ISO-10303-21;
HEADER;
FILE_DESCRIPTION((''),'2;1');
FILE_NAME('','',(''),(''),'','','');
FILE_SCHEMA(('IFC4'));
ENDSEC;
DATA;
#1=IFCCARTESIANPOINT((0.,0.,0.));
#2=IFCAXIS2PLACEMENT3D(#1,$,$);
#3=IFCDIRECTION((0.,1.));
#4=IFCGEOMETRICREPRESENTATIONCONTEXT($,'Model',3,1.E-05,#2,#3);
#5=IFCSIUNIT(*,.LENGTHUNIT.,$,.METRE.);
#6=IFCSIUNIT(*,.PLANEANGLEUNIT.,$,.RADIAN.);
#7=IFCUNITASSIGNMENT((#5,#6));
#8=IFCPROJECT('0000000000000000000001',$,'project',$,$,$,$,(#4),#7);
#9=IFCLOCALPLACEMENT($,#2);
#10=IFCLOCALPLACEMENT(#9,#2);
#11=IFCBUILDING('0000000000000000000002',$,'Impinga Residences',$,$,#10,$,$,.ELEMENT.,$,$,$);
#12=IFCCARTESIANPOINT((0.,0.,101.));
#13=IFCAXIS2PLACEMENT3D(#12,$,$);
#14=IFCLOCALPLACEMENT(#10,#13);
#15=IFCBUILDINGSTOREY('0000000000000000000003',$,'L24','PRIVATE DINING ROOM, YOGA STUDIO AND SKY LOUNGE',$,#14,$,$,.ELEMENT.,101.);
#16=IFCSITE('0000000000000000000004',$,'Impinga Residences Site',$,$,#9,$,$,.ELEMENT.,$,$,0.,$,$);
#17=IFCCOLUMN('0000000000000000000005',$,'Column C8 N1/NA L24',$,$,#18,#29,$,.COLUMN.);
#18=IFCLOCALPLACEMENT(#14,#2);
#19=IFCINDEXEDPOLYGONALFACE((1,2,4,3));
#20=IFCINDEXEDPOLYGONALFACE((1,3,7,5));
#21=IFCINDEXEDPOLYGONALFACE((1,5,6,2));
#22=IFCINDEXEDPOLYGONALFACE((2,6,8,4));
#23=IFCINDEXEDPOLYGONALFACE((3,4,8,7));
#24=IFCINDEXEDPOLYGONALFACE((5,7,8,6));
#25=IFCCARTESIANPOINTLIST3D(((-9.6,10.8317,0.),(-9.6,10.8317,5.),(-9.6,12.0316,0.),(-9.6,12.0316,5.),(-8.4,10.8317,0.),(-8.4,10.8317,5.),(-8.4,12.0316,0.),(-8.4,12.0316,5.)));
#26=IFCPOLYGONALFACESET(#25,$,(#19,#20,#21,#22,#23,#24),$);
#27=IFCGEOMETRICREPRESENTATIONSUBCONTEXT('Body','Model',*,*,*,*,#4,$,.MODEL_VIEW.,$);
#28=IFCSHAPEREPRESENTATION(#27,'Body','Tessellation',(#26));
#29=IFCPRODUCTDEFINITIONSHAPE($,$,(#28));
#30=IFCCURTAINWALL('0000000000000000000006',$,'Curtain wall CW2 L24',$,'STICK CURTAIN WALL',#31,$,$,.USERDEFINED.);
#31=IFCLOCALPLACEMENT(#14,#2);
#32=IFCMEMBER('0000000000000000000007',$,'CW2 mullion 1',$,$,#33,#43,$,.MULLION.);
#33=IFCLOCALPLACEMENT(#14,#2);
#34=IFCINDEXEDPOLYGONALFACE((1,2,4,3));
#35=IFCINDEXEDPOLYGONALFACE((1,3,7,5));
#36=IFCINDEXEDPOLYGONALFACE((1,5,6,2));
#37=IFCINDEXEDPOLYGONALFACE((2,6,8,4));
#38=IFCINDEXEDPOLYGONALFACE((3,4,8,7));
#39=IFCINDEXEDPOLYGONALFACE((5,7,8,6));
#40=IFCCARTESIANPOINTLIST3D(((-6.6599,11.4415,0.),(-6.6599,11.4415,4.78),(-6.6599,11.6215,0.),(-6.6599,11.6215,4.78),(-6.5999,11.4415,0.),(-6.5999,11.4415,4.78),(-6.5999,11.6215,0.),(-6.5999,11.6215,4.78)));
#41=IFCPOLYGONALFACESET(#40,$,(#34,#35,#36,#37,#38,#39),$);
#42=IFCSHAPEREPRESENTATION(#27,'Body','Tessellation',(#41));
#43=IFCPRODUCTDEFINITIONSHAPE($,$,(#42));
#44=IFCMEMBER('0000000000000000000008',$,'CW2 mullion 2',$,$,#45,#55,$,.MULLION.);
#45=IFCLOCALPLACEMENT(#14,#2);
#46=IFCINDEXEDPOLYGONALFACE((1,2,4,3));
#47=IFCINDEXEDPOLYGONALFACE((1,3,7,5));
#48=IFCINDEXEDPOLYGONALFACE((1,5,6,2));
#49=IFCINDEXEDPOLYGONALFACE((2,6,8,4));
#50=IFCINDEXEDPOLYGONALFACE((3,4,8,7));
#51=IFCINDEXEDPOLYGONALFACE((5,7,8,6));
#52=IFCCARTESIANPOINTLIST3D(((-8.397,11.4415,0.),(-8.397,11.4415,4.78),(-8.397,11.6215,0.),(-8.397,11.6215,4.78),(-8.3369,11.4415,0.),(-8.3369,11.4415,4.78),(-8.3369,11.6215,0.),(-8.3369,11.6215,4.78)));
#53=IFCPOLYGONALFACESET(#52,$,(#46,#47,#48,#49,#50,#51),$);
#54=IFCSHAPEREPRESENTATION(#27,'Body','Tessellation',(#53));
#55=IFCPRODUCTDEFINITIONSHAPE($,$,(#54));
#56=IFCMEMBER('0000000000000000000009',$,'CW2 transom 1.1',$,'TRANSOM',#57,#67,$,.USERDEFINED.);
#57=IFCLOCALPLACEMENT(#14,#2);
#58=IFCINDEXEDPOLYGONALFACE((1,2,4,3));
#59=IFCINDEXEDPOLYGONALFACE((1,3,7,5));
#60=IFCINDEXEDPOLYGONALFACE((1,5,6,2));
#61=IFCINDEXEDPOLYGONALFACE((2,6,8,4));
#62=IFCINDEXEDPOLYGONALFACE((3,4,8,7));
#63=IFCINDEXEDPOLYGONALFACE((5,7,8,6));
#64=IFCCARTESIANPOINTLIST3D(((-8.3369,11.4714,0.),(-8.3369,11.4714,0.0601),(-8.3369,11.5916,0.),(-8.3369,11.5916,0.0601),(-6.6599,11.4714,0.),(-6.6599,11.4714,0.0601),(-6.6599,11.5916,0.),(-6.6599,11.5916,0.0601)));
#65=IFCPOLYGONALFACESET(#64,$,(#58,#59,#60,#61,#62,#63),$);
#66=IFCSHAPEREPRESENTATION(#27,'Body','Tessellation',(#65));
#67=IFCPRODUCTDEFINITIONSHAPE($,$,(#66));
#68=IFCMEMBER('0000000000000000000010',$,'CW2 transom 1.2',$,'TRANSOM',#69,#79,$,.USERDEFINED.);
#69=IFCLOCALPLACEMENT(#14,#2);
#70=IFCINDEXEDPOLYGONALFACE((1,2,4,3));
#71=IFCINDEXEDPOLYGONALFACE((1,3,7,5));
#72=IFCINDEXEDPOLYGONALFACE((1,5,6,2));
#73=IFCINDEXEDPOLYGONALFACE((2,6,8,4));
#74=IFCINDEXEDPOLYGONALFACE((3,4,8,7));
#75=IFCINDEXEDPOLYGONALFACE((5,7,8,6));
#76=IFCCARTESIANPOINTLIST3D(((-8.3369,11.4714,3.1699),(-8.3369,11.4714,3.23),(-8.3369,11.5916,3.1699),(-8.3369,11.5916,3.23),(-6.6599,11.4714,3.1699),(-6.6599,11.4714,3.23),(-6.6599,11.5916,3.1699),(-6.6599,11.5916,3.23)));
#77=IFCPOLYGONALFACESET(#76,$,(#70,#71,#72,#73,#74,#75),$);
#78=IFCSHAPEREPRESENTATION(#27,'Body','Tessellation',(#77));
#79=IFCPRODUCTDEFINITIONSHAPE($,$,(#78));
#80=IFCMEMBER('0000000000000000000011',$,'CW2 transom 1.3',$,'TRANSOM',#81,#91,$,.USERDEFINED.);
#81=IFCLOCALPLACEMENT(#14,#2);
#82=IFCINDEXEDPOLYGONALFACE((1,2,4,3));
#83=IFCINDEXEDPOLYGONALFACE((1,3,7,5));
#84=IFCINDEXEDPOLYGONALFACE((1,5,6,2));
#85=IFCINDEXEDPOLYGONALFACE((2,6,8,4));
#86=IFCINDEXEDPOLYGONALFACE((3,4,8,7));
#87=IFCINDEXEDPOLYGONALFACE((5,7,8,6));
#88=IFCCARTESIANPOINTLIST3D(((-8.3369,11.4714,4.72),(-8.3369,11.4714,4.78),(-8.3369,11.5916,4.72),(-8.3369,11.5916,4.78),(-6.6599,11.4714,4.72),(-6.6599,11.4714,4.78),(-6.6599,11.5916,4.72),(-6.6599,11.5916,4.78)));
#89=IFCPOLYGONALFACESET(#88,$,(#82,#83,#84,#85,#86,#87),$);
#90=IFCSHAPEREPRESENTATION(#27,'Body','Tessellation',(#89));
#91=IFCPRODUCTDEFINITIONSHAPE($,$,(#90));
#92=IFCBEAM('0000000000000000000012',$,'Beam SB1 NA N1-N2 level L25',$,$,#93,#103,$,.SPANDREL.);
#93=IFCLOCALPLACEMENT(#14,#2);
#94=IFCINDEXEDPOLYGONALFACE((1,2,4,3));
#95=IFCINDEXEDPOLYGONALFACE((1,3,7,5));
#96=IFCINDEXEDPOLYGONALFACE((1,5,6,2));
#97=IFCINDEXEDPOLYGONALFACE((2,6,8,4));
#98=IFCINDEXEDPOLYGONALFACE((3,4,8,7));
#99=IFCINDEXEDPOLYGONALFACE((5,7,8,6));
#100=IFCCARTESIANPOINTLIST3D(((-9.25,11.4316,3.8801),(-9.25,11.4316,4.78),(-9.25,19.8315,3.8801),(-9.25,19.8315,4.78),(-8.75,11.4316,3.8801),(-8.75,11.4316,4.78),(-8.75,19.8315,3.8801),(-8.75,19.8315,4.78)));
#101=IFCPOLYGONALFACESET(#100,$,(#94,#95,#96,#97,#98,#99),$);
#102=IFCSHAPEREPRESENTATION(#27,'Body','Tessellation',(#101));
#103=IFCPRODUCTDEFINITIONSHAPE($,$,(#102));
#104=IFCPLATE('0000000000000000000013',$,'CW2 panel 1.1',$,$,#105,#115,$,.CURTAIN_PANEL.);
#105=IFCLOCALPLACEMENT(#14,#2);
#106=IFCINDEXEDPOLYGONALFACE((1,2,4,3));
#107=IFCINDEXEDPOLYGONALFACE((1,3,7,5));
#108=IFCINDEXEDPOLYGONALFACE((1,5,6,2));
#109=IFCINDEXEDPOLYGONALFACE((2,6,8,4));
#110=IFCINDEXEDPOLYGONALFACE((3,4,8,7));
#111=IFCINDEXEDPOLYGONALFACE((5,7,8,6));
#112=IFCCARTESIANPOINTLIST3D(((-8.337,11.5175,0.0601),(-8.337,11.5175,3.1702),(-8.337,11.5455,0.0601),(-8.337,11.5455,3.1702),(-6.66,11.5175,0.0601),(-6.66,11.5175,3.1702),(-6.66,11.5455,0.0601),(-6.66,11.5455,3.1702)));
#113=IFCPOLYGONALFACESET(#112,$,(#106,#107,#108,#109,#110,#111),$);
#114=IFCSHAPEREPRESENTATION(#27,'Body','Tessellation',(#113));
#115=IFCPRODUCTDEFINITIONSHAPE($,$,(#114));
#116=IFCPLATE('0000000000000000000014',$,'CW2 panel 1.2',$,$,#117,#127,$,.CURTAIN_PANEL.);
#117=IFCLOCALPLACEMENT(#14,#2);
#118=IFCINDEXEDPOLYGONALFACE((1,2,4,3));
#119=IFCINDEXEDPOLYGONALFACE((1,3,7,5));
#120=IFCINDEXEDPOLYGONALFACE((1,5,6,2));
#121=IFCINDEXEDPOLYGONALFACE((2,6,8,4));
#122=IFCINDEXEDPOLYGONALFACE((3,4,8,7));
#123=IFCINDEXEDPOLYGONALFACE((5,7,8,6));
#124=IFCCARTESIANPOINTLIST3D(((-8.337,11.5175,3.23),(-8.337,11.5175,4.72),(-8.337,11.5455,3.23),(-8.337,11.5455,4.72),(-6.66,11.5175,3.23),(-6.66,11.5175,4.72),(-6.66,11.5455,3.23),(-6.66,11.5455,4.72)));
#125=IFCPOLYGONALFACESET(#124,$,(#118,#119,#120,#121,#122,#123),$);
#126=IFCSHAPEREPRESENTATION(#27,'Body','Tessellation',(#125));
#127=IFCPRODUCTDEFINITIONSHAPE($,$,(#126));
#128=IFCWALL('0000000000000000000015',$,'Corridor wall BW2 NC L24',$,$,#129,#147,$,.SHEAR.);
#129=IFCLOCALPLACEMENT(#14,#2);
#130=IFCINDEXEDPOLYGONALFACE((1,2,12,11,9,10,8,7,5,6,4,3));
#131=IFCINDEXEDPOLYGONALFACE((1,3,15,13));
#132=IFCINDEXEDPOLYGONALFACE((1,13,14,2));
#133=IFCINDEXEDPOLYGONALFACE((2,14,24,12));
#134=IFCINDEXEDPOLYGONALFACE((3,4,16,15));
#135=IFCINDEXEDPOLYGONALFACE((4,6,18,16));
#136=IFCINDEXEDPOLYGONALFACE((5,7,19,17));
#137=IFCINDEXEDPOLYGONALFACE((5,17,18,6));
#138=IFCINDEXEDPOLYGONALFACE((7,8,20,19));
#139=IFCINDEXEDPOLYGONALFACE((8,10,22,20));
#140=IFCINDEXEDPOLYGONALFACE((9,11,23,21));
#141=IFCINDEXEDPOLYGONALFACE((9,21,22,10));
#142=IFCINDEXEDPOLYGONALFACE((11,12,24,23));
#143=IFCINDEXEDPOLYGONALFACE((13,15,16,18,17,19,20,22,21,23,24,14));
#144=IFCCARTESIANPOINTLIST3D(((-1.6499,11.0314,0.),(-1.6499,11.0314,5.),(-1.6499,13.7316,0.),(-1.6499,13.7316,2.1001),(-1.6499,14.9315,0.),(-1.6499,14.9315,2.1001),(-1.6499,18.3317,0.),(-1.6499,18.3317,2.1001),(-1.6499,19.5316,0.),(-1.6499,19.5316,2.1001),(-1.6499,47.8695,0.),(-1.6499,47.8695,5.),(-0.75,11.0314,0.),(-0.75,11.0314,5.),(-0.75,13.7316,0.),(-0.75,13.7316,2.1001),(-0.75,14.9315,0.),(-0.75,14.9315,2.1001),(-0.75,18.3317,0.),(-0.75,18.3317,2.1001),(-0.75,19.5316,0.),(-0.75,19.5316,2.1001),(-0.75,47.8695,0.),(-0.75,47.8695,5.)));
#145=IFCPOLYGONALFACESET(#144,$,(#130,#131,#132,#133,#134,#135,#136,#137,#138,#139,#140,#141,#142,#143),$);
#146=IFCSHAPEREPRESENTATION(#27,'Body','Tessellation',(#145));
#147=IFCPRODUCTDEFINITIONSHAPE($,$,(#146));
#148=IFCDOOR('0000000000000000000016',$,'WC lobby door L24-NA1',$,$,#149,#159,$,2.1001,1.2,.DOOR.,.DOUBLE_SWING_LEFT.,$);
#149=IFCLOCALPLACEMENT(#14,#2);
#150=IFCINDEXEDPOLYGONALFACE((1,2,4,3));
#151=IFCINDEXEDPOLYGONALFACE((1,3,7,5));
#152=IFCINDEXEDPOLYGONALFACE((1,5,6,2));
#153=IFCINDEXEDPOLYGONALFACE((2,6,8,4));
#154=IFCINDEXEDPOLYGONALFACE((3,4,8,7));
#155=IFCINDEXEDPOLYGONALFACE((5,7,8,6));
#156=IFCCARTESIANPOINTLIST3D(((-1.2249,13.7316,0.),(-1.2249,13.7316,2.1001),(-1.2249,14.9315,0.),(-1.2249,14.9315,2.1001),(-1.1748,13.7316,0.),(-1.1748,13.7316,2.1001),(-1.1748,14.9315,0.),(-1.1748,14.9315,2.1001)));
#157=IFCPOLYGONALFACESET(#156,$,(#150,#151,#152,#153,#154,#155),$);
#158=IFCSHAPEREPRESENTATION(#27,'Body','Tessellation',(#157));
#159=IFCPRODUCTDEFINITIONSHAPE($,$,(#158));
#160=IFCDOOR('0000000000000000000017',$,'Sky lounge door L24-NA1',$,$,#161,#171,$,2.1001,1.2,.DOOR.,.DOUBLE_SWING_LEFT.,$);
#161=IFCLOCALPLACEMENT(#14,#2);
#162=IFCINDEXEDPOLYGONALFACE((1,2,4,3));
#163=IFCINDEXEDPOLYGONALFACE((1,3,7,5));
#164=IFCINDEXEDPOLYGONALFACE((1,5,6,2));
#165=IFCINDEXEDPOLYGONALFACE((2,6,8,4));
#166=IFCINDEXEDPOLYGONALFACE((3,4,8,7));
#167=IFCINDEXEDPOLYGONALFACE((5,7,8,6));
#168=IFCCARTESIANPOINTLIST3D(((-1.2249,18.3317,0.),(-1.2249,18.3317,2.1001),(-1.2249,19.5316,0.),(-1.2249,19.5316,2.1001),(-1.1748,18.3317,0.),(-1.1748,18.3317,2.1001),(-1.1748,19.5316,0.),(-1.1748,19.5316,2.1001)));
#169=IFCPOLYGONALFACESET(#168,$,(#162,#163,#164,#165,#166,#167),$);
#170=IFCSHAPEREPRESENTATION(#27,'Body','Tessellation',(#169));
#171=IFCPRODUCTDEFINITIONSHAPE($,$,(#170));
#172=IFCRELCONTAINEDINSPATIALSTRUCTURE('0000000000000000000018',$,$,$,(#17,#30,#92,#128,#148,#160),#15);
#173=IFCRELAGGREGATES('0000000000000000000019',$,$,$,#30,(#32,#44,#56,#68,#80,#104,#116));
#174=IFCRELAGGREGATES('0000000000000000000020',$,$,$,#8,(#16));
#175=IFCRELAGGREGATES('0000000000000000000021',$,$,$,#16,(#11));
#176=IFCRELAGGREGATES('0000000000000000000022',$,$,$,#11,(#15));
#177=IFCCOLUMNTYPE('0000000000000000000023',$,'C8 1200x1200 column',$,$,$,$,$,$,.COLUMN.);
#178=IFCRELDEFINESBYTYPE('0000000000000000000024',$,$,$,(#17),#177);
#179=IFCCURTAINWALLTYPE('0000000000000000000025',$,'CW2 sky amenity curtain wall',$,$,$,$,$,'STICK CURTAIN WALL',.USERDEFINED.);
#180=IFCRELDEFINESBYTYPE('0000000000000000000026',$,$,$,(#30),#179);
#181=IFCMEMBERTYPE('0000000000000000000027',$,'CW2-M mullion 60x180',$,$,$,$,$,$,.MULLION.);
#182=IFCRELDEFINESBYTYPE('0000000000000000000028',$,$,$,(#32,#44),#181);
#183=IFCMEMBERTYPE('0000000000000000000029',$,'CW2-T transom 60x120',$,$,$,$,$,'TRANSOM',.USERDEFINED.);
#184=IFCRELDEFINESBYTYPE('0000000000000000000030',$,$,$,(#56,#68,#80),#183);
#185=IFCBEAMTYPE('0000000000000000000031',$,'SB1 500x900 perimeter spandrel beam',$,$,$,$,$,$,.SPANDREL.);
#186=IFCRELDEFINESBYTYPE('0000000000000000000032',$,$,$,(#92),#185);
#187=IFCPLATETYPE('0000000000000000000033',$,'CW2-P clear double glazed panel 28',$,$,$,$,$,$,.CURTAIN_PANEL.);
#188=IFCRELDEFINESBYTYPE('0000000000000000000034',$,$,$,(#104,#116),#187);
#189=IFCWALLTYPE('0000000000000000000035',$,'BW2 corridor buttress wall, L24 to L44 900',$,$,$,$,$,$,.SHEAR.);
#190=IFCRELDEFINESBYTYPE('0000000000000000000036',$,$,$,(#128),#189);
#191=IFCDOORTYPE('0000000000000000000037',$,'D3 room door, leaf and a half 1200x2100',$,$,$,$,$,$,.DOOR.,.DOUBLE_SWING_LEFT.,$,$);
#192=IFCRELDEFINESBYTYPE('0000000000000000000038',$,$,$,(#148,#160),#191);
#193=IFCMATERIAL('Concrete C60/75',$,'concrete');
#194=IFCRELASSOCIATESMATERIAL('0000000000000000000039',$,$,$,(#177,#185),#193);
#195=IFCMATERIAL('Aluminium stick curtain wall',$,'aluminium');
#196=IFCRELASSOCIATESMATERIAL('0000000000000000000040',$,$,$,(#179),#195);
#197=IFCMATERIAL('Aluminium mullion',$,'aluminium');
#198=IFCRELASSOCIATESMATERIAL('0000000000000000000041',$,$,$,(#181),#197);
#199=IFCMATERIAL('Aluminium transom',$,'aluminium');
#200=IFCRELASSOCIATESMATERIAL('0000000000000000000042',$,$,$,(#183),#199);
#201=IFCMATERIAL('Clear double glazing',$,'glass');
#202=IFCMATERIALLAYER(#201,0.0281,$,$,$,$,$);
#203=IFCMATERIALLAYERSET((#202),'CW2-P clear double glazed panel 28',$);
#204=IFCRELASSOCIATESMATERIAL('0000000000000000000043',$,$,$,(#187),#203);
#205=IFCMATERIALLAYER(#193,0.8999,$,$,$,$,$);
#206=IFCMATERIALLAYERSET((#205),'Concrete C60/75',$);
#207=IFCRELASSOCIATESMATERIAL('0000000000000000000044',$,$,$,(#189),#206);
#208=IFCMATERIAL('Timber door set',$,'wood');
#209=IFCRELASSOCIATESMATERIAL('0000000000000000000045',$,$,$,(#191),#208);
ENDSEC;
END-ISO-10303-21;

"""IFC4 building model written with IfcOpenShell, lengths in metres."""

from ifc_helpers import new_model, si_unit, direction, frame, frame_2d, origin, origin_2d, place, context, subcontext, project, spatial, rectangle, extrude, material, layer, layer_set, material_profile, profile_set, type_object, element, fill, aggregate, save


model = new_model("IFC4")

# Units and contexts
model_context = context("Model", 3, precision=1e-05, world=origin(), true_north=direction((0.0, 1.0)))
body_context = subcontext(model_context, "Body", "Model", "MODEL_VIEW")
ifc_project = project(units=[si_unit("LENGTHUNIT", "METRE"), si_unit("PLANEANGLEUNIT", "RADIAN")], contexts=[model_context])

# Site, building, storey
site_placement = place(None, origin())
site = spatial("IfcSite", under=ifc_project, at=site_placement, Name="Impinga Residences Site", CompositionType="ELEMENT", RefElevation=0.0)
building_placement = place(site_placement, origin())
building = spatial("IfcBuilding", under=site, at=building_placement, Name="Impinga Residences", CompositionType="ELEMENT")
storey_placement = place(building_placement, frame((0.0, 0.0, 101.0)))
storey = spatial("IfcBuildingStorey", under=building, at=storey_placement, Name="L24", Description="PRIVATE DINING ROOM, YOGA STUDIO AND SKY LOUNGE", CompositionType="ELEMENT", Elevation=101.0)

# Column
ifc_material_1 = material(Name="Concrete C60/75", Category="concrete")
ifc_material_profile_1 = material_profile(ifc_material_1, rectangle(XDim=1.2, YDim=1.2, at=origin_2d()), Name="RC 1200x1200")
ifc_profile_set_1 = profile_set([ifc_material_profile_1], Name="Concrete C60/75")
column_type = type_object("IfcColumnType", Name="C8 1200x1200 column", PredefinedType="COLUMN", material=ifc_profile_set_1)
column_placement = place(storey_placement, frame((-9.0, 11.4316, 0.0), z_axis=(0.0, 0.0, 1.0), x_axis=(1.0, 0.0, 0.0)))
element("IfcColumn", 1, at=column_placement, inside=storey, type_object=column_type, Name="Column C8 N1/NA L24", PredefinedType="COLUMN", context=body_context, shape_type="SweptSolid", body=[
    extrude(rectangle(XDim=1.2, YDim=1.2, at=origin_2d()), origin(), (0.0, 0.0, 1.0), 5.0),
])

# Curtain wall, members
ifc_material_2 = material(Name="Aluminium stick curtain wall", Category="aluminium")
curtain_wall_type = type_object("IfcCurtainWallType", Name="CW2 sky amenity curtain wall", ElementType="STICK CURTAIN WALL", PredefinedType="USERDEFINED", material=ifc_material_2)
curtain_wall_placement = place(storey_placement, origin())
curtain_wall = element("IfcCurtainWall", 2, at=curtain_wall_placement, inside=storey, type_object=curtain_wall_type, Name="Curtain wall CW2 L24", ObjectType="STICK CURTAIN WALL", PredefinedType="USERDEFINED")
ifc_material_3 = material(Name="Aluminium mullion", Category="aluminium")
ifc_material_profile_2 = material_profile(ifc_material_3, rectangle(XDim=0.0601, YDim=0.1799, at=origin_2d()), Name="60x180 mullion")
ifc_profile_set_2 = profile_set([ifc_material_profile_2], Name="Aluminium mullion")
member_type_1 = type_object("IfcMemberType", Name="CW2-M mullion 60x180", PredefinedType="MULLION", material=ifc_profile_set_2)
member_1_placement = place(storey_placement, frame((-6.6299, 11.5315, 0.0), z_axis=(0.0, 0.0, 1.0), x_axis=(-1.0, 0.0, 0.0)))
member_1 = element("IfcMember", 3, at=member_1_placement, type_object=member_type_1, Name="CW2 mullion 1", PredefinedType="MULLION", context=body_context, shape_type="SweptSolid", body=[
    extrude(rectangle(XDim=0.0601, YDim=0.1799, at=origin_2d()), origin(), (0.0, 0.0, 1.0), 4.78),
])
member_2_placement = place(storey_placement, frame((-8.3669, 11.5315, 0.0), z_axis=(0.0, 0.0, 1.0), x_axis=(-1.0, 0.0, 0.0)))
member_2 = element("IfcMember", 4, at=member_2_placement, type_object=member_type_1, Name="CW2 mullion 2", PredefinedType="MULLION", context=body_context, shape_type="SweptSolid", body=[
    extrude(rectangle(XDim=0.0601, YDim=0.1799, at=origin_2d()), origin(), (0.0, 0.0, 1.0), 4.78),
])
ifc_material_4 = material(Name="Aluminium transom", Category="aluminium")
ifc_material_profile_3 = material_profile(ifc_material_4, rectangle(XDim=0.0601, YDim=0.1201, at=origin_2d()), Name="60x120 transom")
ifc_profile_set_3 = profile_set([ifc_material_profile_3], Name="Aluminium transom")
member_type_2 = type_object("IfcMemberType", Name="CW2-T transom 60x120", ElementType="TRANSOM", PredefinedType="USERDEFINED", material=ifc_profile_set_3)
member_3_placement = place(storey_placement, frame((-6.6599, 11.5315, 0.03), z_axis=(-1.0, 0.0, 0.0), x_axis=(0.0, 0.0, 1.0)))
member_3 = element("IfcMember", 5, at=member_3_placement, type_object=member_type_2, Name="CW2 transom 1.1", ObjectType="TRANSOM", PredefinedType="USERDEFINED", context=body_context, shape_type="SweptSolid", body=[
    extrude(rectangle(XDim=0.0601, YDim=0.1201, at=origin_2d()), origin(), (0.0, 0.0, 1.0), 1.677),
])
member_4_placement = place(storey_placement, frame((-6.6599, 11.5315, 3.2), z_axis=(-1.0, 0.0, 0.0), x_axis=(0.0, 0.0, 1.0)))
member_4 = element("IfcMember", 6, at=member_4_placement, type_object=member_type_2, Name="CW2 transom 1.2", ObjectType="TRANSOM", PredefinedType="USERDEFINED", context=body_context, shape_type="SweptSolid", body=[
    extrude(rectangle(XDim=0.0601, YDim=0.1201, at=origin_2d()), origin(), (0.0, 0.0, 1.0), 1.677),
])
member_5_placement = place(storey_placement, frame((-6.6599, 11.5315, 4.75), z_axis=(-1.0, 0.0, 0.0), x_axis=(0.0, 0.0, 1.0)))
member_5 = element("IfcMember", 7, at=member_5_placement, type_object=member_type_2, Name="CW2 transom 1.3", ObjectType="TRANSOM", PredefinedType="USERDEFINED", context=body_context, shape_type="SweptSolid", body=[
    extrude(rectangle(XDim=0.0601, YDim=0.1201, at=origin_2d()), origin(), (0.0, 0.0, 1.0), 1.677),
])

# Beam
ifc_material_profile_4 = material_profile(ifc_material_1, rectangle(XDim=0.5, YDim=0.8999, at=origin_2d()), Name="RC 500x900")
ifc_profile_set_4 = profile_set([ifc_material_profile_4], Name="Concrete C60/75")
beam_type = type_object("IfcBeamType", Name="SB1 500x900 perimeter spandrel beam", PredefinedType="SPANDREL", material=ifc_profile_set_4)
beam_placement = place(storey_placement, frame((-9.0, 11.4316, 4.3301), z_axis=(0.0, 1.0, 0.0), x_axis=(-1.0, 0.0, 0.0)))
element("IfcBeam", 8, at=beam_placement, inside=storey, type_object=beam_type, Name="Beam SB1 NA N1-N2 level L25", PredefinedType="SPANDREL", context=body_context, shape_type="SweptSolid", body=[
    extrude(rectangle(XDim=0.5, YDim=0.8999, at=origin_2d()), origin(), (0.0, 0.0, 1.0), 8.3999),
])

# Plates
ifc_material_5 = material(Name="Clear double glazing", Category="glass")
ifc_layer_1 = layer(ifc_material_5, 0.0281)
ifc_layer_set_1 = layer_set([ifc_layer_1], Name="CW2-P clear double glazed panel 28")
plate_type = type_object("IfcPlateType", Name="CW2-P clear double glazed panel 28", PredefinedType="CURTAIN_PANEL", material=ifc_layer_set_1)
plate_1_placement = place(storey_placement, frame((-7.4985, 11.5315, 0.0601), z_axis=(0.0, 0.0, 1.0), x_axis=(-1.0, 0.0, 0.0)))
plate_1 = element("IfcPlate", 9, at=plate_1_placement, type_object=plate_type, Name="CW2 panel 1.1", PredefinedType="CURTAIN_PANEL", context=body_context, shape_type="SweptSolid", body=[
    extrude(rectangle(XDim=1.677, YDim=0.0281, at=origin_2d()), origin(), (0.0, 0.0, 1.0), 3.1101),
])
plate_2_placement = place(storey_placement, frame((-7.4985, 11.5315, 3.23), z_axis=(0.0, 0.0, 1.0), x_axis=(-1.0, 0.0, 0.0)))
plate_2 = element("IfcPlate", 10, at=plate_2_placement, type_object=plate_type, Name="CW2 panel 1.2", PredefinedType="CURTAIN_PANEL", context=body_context, shape_type="SweptSolid", body=[
    extrude(rectangle(XDim=1.677, YDim=0.0281, at=origin_2d()), origin(), (0.0, 0.0, 1.0), 1.49),
])
aggregate(curtain_wall, [member_1, member_2, member_3, member_4, member_5, plate_1, plate_2])

# Wall, openings, doors
ifc_layer_2 = layer(ifc_material_1, 0.8999)
ifc_layer_set_2 = layer_set([ifc_layer_2], Name="Concrete C60/75")
wall_type_1 = type_object("IfcWallType", Name="BW2 corridor buttress wall, L24 to L44 900", PredefinedType="SHEAR", material=ifc_layer_set_2)
wall_1_placement = place(storey_placement, frame((-1.2, 11.0315, 0.0), z_axis=(0.0, 0.0, 1.0), x_axis=(0.0, 1.0, 0.0)))
wall_1 = element("IfcWall", 11, at=wall_1_placement, inside=storey, type_object=wall_type_1, Name="Corridor wall BW2 NC L24", PredefinedType="SHEAR", context=body_context, shape_type="SweptSolid", body=[
    extrude(rectangle(XDim=36.8381, YDim=0.8999, at=frame_2d((18.4189, 0.0))), origin(), (0.0, 0.0, 1.0), 5.0),
])
opening_1_placement = place(wall_1_placement, frame((2.7, 0.0, 0.0)))
opening_1 = element("IfcOpeningElement", 12, at=opening_1_placement, cuts=wall_1, PredefinedType="OPENING", context=body_context, shape_type="SweptSolid", body=[
    extrude(rectangle(XDim=1.2, YDim=2.1001, at=frame_2d((0.6001, 1.05))), frame((0.0, 0.46, 0.0), z_axis=(0.0, -1.0, 0.0), x_axis=(1.0, 0.0, 0.0)), (0.0, 0.0, 1.0), 0.9199),
])
opening_2_placement = place(wall_1_placement, frame((7.3, 0.0, 0.0)))
opening_2 = element("IfcOpeningElement", 13, at=opening_2_placement, cuts=wall_1, PredefinedType="OPENING", context=body_context, shape_type="SweptSolid", body=[
    extrude(rectangle(XDim=1.2, YDim=2.1001, at=frame_2d((0.6001, 1.05))), frame((0.0, 0.46, 0.0), z_axis=(0.0, -1.0, 0.0), x_axis=(1.0, 0.0, 0.0)), (0.0, 0.0, 1.0), 0.9199),
])
ifc_material_6 = material(Name="Timber door set", Category="wood")
door_type_1 = type_object("IfcDoorType", Name="D3 room door, leaf and a half 1200x2100", OperationType="DOUBLE_SWING_LEFT", PredefinedType="DOOR", material=ifc_material_6)
door_1_placement = place(opening_1_placement, origin())
door_1 = element("IfcDoor", 14, at=door_1_placement, inside=storey, type_object=door_type_1, Name="WC lobby door L24-NA1", OperationType="DOUBLE_SWING_LEFT", OverallHeight=2.1001, OverallWidth=1.2, PredefinedType="DOOR", context=body_context, shape_type="SweptSolid", body=[
    extrude(rectangle(XDim=1.2, YDim=2.1001, at=frame_2d((0.6001, 1.05))), frame((0.0, 0.0249, 0.0), z_axis=(0.0, -1.0, 0.0), x_axis=(1.0, 0.0, 0.0)), (0.0, 0.0, 1.0), 0.05),
])
fill(opening_1, door_1)
door_2_placement = place(opening_2_placement, origin())
door_2 = element("IfcDoor", 15, at=door_2_placement, inside=storey, type_object=door_type_1, Name="Sky lounge door L24-NA1", OperationType="DOUBLE_SWING_LEFT", OverallHeight=2.1001, OverallWidth=1.2, PredefinedType="DOOR", context=body_context, shape_type="SweptSolid", body=[
    extrude(rectangle(XDim=1.2, YDim=2.1001, at=frame_2d((0.6001, 1.05))), frame((0.0, 0.0249, 0.0), z_axis=(0.0, -1.0, 0.0), x_axis=(1.0, 0.0, 0.0)), (0.0, 0.0, 1.0), 0.05),
])
fill(opening_2, door_2)

save(model, "model.ifc")
